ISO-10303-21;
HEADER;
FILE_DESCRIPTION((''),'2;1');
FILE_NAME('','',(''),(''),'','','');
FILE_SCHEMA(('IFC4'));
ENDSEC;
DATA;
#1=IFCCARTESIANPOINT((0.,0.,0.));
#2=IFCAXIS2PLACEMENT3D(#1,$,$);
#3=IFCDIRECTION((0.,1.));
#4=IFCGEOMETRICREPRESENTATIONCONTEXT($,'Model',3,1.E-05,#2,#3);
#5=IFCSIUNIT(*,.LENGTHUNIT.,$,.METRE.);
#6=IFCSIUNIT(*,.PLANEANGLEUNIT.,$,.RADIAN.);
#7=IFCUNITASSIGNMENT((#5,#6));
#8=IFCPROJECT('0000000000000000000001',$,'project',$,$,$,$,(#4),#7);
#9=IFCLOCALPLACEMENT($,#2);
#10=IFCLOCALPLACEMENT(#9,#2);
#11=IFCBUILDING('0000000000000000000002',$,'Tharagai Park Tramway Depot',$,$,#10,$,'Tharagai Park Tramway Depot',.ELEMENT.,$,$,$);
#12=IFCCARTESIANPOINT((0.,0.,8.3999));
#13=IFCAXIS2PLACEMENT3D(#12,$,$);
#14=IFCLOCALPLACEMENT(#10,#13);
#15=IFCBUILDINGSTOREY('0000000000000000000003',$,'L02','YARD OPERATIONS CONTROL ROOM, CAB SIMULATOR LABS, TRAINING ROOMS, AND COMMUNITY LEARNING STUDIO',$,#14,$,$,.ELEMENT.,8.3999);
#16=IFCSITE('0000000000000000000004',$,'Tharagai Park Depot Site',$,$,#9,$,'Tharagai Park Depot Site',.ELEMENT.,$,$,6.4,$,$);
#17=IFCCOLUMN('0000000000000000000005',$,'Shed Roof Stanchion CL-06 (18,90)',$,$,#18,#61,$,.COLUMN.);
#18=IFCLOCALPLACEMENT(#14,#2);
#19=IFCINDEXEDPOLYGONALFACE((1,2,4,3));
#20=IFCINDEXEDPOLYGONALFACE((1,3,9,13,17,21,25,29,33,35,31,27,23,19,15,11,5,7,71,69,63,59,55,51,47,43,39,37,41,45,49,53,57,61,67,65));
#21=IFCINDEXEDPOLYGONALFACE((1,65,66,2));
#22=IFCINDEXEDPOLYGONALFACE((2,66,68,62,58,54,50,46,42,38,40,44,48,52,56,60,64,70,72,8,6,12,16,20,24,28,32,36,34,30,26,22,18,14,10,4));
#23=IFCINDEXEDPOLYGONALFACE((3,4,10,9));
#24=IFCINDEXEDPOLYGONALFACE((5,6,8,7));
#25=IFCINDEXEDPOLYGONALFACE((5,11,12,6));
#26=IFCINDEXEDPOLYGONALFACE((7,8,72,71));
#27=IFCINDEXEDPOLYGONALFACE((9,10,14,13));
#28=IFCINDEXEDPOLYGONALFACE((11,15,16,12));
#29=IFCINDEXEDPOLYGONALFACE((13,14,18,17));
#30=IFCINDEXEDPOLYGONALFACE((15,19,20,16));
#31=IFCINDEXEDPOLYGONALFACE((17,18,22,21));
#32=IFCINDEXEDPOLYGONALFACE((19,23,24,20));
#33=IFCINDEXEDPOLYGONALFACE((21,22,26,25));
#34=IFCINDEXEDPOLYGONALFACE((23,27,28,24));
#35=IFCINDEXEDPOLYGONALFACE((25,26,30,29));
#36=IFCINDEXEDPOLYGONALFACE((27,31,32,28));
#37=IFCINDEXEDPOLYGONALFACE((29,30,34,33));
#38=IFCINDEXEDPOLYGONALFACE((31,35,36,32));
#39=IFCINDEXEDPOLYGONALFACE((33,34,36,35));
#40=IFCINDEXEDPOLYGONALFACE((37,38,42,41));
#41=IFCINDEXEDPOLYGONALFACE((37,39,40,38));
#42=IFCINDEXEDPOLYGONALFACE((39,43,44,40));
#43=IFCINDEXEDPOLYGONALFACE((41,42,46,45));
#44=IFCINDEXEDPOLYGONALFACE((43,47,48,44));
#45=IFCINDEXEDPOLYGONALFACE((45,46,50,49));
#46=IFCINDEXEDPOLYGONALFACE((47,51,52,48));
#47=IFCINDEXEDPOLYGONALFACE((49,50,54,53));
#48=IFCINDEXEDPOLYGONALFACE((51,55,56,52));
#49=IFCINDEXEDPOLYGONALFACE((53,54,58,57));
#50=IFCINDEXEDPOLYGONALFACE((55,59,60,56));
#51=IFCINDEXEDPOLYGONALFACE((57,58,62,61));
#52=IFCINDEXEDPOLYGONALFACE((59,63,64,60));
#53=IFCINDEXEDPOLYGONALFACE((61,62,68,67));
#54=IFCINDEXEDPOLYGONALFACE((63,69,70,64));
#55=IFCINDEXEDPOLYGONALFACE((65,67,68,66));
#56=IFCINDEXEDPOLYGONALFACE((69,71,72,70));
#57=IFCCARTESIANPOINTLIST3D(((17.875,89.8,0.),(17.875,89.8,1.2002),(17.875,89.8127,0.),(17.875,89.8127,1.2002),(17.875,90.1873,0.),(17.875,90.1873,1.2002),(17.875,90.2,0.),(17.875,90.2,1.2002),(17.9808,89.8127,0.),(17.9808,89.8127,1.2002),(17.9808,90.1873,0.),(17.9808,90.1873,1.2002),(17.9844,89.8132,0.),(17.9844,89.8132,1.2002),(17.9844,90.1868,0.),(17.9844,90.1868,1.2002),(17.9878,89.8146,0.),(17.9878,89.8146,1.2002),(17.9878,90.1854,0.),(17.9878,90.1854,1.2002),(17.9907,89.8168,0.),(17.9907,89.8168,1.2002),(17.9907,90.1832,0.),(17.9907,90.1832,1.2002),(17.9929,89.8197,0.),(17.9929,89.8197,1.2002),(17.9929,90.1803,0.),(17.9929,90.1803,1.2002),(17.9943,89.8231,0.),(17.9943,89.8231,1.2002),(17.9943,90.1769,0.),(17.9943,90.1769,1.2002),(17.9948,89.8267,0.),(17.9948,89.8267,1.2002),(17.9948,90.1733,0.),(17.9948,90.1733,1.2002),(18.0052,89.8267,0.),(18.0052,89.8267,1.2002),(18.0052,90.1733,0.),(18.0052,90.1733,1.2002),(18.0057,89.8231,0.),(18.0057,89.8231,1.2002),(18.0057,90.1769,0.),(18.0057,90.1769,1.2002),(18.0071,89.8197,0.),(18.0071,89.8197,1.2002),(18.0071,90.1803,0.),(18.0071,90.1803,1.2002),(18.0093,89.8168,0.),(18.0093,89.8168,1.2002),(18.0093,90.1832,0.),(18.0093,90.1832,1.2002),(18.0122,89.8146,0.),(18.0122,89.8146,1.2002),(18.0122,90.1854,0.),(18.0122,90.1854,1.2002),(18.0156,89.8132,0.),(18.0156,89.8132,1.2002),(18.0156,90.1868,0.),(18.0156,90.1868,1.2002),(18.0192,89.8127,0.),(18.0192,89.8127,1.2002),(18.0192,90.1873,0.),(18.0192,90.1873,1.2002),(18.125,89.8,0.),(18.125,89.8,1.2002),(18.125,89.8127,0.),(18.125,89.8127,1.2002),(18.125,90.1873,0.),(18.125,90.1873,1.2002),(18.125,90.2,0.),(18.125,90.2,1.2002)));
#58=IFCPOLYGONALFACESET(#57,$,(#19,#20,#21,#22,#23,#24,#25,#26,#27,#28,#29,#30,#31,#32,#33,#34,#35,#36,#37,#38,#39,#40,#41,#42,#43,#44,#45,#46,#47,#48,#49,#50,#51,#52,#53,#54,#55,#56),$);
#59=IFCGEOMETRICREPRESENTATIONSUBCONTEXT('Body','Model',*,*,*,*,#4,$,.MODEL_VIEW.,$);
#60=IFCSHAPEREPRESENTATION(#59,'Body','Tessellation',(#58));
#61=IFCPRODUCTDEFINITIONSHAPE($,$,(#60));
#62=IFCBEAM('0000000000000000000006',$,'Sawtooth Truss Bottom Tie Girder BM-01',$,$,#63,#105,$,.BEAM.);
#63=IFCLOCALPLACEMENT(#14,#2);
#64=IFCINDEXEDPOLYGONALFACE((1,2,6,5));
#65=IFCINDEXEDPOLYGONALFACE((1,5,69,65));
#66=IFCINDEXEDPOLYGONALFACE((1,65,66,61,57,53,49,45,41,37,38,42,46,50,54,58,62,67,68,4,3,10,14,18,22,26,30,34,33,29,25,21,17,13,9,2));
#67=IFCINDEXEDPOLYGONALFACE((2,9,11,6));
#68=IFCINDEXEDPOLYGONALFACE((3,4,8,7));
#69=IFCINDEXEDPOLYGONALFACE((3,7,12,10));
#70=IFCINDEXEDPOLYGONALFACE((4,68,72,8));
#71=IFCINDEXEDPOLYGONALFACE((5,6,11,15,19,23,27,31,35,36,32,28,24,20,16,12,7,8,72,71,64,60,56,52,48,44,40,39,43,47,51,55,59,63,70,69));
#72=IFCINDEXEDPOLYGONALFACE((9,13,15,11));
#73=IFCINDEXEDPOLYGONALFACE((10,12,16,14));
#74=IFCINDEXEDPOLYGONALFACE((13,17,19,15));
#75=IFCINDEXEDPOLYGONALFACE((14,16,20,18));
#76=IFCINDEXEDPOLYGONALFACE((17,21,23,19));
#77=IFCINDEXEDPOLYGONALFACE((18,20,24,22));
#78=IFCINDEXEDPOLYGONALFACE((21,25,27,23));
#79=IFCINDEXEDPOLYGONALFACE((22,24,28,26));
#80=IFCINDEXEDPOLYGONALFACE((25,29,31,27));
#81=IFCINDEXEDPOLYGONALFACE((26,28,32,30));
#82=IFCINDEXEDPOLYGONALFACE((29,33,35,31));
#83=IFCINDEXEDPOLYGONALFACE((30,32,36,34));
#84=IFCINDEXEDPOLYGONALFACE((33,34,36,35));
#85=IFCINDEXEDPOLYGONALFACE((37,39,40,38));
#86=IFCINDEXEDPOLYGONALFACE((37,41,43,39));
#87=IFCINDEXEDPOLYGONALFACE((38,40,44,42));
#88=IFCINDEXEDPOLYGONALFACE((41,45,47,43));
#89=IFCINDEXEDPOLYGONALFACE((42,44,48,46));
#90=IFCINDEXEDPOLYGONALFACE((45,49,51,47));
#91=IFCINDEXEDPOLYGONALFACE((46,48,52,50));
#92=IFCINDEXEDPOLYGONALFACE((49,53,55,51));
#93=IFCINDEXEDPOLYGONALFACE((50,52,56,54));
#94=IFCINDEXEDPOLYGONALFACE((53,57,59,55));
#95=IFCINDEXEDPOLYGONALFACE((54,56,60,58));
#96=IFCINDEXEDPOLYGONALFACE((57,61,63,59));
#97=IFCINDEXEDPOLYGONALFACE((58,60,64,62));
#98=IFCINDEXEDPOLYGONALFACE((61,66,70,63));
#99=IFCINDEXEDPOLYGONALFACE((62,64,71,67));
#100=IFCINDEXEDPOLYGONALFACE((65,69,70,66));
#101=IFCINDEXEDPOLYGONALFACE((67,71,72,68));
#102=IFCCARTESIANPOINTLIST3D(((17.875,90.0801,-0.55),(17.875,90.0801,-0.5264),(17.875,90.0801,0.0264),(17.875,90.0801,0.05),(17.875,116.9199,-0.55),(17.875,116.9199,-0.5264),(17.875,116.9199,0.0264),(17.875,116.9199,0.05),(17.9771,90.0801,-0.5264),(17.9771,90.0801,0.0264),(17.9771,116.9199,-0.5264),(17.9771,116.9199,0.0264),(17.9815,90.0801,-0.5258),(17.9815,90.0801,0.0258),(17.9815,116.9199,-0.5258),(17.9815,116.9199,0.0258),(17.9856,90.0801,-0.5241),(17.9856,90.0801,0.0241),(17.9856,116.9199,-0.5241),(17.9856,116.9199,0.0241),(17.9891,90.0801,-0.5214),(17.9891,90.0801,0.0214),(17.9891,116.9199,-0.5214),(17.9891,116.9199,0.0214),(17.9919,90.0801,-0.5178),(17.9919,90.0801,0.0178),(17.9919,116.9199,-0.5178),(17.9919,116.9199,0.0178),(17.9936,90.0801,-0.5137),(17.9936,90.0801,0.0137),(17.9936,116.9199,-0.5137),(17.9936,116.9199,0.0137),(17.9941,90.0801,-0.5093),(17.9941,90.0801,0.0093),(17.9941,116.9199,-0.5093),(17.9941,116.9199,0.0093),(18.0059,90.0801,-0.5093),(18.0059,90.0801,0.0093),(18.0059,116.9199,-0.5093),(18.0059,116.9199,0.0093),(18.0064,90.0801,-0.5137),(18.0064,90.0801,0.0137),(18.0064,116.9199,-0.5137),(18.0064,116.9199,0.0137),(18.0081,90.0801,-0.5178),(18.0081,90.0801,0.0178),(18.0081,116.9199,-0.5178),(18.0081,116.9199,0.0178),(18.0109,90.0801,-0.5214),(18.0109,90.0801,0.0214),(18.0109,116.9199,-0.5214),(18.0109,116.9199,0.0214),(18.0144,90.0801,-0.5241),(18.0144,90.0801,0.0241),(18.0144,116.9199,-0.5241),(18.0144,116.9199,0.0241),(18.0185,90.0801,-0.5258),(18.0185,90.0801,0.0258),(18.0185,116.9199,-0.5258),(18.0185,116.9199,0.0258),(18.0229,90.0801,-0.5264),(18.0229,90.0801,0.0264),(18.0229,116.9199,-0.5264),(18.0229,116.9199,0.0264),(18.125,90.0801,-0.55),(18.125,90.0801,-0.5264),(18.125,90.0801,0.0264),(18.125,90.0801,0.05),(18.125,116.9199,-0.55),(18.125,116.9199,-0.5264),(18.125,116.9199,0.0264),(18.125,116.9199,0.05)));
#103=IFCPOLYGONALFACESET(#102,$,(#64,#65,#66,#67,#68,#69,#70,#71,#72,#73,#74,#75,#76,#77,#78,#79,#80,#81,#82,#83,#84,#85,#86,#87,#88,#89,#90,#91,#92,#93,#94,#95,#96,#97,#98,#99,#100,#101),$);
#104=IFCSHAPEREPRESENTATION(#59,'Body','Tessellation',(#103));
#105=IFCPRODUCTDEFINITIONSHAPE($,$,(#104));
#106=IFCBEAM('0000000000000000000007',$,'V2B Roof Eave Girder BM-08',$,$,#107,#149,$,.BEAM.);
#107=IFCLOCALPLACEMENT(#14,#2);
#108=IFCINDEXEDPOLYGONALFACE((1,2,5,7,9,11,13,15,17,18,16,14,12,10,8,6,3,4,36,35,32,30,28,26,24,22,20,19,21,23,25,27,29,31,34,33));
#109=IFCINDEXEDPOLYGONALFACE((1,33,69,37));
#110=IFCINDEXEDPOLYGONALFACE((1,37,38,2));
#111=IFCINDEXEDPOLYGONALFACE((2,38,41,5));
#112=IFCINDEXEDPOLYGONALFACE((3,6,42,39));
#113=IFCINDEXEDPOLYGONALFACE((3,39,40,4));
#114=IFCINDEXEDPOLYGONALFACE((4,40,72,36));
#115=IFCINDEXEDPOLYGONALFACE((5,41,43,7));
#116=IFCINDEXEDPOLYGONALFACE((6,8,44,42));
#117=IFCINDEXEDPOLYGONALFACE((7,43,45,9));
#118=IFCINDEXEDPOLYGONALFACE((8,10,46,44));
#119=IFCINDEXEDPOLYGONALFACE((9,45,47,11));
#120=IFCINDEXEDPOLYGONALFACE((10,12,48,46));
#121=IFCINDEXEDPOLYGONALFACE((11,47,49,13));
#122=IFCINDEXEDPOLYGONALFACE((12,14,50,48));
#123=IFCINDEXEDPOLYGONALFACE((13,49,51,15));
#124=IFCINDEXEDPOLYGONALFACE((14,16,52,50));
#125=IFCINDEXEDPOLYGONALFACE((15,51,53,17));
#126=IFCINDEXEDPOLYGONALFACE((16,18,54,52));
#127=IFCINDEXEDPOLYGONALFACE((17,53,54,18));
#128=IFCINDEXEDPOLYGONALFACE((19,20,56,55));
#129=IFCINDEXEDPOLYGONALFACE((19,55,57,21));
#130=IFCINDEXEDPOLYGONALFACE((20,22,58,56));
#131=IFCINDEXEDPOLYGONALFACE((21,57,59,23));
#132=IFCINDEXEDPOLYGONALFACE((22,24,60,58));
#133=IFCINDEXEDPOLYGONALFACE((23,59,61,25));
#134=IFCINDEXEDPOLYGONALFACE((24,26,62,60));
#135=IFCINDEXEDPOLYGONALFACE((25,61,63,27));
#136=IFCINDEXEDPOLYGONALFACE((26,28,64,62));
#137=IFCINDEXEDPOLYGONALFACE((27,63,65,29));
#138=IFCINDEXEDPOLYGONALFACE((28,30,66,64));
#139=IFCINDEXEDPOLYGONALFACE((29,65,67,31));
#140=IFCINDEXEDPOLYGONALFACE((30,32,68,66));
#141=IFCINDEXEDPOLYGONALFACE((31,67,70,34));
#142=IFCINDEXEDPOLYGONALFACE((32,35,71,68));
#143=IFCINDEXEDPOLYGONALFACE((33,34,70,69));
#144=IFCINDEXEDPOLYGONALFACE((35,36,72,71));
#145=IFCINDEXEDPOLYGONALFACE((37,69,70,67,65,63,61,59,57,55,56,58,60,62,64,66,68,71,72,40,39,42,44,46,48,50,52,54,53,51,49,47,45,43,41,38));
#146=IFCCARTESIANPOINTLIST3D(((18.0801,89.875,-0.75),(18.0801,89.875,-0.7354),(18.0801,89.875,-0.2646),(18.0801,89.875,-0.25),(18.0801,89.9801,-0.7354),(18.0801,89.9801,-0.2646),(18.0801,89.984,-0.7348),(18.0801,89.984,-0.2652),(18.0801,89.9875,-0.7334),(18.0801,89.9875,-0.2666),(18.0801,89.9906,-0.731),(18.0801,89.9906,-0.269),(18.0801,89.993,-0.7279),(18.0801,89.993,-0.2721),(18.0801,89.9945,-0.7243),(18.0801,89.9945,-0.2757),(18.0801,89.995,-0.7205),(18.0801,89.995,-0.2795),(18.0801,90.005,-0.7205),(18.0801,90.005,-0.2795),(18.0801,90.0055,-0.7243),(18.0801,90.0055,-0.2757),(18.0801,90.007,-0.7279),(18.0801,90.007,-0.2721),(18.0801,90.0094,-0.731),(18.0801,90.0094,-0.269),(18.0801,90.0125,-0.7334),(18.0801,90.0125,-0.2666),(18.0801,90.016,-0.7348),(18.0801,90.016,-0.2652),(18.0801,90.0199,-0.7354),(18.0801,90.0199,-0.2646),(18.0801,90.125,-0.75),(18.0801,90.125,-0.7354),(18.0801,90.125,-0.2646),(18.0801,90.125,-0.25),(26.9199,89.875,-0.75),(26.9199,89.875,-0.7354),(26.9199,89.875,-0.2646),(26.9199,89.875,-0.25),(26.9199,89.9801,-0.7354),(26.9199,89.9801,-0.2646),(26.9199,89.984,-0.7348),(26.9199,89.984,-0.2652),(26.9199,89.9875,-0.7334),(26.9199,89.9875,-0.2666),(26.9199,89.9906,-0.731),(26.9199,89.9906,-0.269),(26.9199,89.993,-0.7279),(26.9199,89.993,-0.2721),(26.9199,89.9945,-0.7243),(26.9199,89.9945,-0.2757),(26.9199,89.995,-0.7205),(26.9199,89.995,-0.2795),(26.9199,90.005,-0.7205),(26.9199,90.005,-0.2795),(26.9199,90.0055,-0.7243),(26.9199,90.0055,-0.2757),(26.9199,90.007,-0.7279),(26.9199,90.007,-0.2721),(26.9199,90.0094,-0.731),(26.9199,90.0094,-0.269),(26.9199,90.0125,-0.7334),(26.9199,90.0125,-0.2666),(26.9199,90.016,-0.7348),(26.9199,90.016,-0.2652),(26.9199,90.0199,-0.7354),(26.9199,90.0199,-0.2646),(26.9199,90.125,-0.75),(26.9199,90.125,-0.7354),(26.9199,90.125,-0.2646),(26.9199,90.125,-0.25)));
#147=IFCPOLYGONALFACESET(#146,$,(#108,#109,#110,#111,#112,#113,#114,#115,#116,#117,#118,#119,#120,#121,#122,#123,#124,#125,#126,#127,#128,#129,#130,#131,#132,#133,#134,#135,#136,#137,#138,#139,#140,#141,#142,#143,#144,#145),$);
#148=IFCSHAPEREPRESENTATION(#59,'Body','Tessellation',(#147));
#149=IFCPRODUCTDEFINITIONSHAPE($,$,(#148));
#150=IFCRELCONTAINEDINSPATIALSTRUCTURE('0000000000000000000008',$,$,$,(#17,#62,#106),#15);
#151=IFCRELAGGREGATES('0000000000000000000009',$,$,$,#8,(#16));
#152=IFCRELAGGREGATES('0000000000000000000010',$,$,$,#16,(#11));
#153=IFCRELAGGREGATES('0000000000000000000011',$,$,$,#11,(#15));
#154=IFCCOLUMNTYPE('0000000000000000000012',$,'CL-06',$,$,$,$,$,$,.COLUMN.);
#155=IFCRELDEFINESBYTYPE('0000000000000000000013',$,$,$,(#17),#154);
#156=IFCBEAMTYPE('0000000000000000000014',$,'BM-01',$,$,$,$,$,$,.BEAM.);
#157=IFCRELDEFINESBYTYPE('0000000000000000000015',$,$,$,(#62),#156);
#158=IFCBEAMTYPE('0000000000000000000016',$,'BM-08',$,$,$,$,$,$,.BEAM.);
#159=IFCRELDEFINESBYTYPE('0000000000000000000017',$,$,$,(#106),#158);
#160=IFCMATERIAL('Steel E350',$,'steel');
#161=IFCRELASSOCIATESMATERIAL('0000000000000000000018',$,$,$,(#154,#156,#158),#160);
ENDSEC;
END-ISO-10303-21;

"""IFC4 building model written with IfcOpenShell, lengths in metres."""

from ifc_helpers import new_model, si_unit, direction, frame, origin, origin_2d, place, context, subcontext, project, spatial, i_section, extrude, material, material_profile, profile_set, type_object, element, save


model = new_model("IFC4")

# Units and contexts
model_context = context("Model", 3, precision=1e-05, world=origin(), true_north=direction((0.0, 1.0)))
body_context = subcontext(model_context, "Body", "Model", "MODEL_VIEW")
ifc_project = project(units=[si_unit("LENGTHUNIT", "METRE"), si_unit("PLANEANGLEUNIT", "RADIAN")], contexts=[model_context])

# Site, building, storey
site_placement = place(None, origin())
site = spatial("IfcSite", under=ifc_project, at=site_placement, Name="Tharagai Park Depot Site", LongName="Tharagai Park Depot Site", CompositionType="ELEMENT", RefElevation=6.4)
building_placement = place(site_placement, origin())
building = spatial("IfcBuilding", under=site, at=building_placement, Name="Tharagai Park Tramway Depot", LongName="Tharagai Park Tramway Depot", CompositionType="ELEMENT")
storey_placement = place(building_placement, frame((0.0, 0.0, 8.3999)))
storey = spatial("IfcBuildingStorey", under=building, at=storey_placement, Name="L02", Description="YARD OPERATIONS CONTROL ROOM, CAB SIMULATOR LABS, TRAINING ROOMS, AND COMMUNITY LEARNING STUDIO", CompositionType="ELEMENT", Elevation=8.3999)

# Column
ifc_material_1 = material(Name="Steel E350", Category="steel")
ifc_material_profile_1 = material_profile(ifc_material_1, i_section(OverallWidth=0.25, OverallDepth=0.3999, WebThickness=0.0105, FlangeThickness=0.0127, FilletRadius=0.0139, at=origin_2d()), Name="ISHB 400")
ifc_profile_set_1 = profile_set([ifc_material_profile_1], Name="Steel E350")
column_type = type_object("IfcColumnType", Name="CL-06", PredefinedType="COLUMN", material=ifc_profile_set_1)
column_placement = place(storey_placement, frame((18.0, 90.0, 0.0), z_axis=(0.0, 0.0, 1.0), x_axis=(1.0, 0.0, 0.0)))
element("IfcColumn", 1, at=column_placement, inside=storey, type_object=column_type, Name="Shed Roof Stanchion CL-06 (18,90)", PredefinedType="COLUMN", context=body_context, shape_type="SweptSolid", body=[
    extrude(i_section(OverallWidth=0.25, OverallDepth=0.3999, WebThickness=0.0105, FlangeThickness=0.0127, FilletRadius=0.0139, at=origin_2d()), origin(), (0.0, 0.0, 1.0), 1.2002),
])

# Beams
ifc_material_profile_2 = material_profile(ifc_material_1, i_section(OverallWidth=0.25, OverallDepth=0.6001, WebThickness=0.0117, FlangeThickness=0.0237, FilletRadius=0.0171, at=origin_2d()), Name="ISWB 600")
ifc_profile_set_2 = profile_set([ifc_material_profile_2], Name="Steel E350")
beam_type_1 = type_object("IfcBeamType", Name="BM-01", PredefinedType="BEAM", material=ifc_profile_set_2)
beam_1_placement = place(storey_placement, frame((18.0, 90.0801, -0.25), z_axis=(0.0, 1.0, 0.0), x_axis=(-1.0, 0.0, 0.0)))
element("IfcBeam", 2, at=beam_1_placement, inside=storey, type_object=beam_type_1, Name="Sawtooth Truss Bottom Tie Girder BM-01", PredefinedType="BEAM", context=body_context, shape_type="SweptSolid", body=[
    extrude(i_section(OverallWidth=0.25, OverallDepth=0.6001, WebThickness=0.0117, FlangeThickness=0.0237, FilletRadius=0.0171, at=origin_2d()), origin(), (0.0, 0.0, 1.0), 26.8398),
])
ifc_material_profile_3 = material_profile(ifc_material_1, i_section(OverallWidth=0.25, OverallDepth=0.5, WebThickness=0.01, FlangeThickness=0.0146, FilletRadius=0.0149, at=origin_2d()), Name="ISWB 500")
ifc_profile_set_3 = profile_set([ifc_material_profile_3], Name="Steel E350")
beam_type_2 = type_object("IfcBeamType", Name="BM-08", PredefinedType="BEAM", material=ifc_profile_set_3)
beam_2_placement = place(storey_placement, frame((18.0801, 90.0, -0.5), z_axis=(1.0, 0.0, 0.0), x_axis=(0.0, 1.0, 0.0)))
element("IfcBeam", 3, at=beam_2_placement, inside=storey, type_object=beam_type_2, Name="V2B Roof Eave Girder BM-08", PredefinedType="BEAM", context=body_context, shape_type="SweptSolid", body=[
    extrude(i_section(OverallWidth=0.25, OverallDepth=0.5, WebThickness=0.01, FlangeThickness=0.0146, FilletRadius=0.0149, at=origin_2d()), origin(), (0.0, 0.0, 1.0), 8.8398),
])

save(model, "model.ifc")
